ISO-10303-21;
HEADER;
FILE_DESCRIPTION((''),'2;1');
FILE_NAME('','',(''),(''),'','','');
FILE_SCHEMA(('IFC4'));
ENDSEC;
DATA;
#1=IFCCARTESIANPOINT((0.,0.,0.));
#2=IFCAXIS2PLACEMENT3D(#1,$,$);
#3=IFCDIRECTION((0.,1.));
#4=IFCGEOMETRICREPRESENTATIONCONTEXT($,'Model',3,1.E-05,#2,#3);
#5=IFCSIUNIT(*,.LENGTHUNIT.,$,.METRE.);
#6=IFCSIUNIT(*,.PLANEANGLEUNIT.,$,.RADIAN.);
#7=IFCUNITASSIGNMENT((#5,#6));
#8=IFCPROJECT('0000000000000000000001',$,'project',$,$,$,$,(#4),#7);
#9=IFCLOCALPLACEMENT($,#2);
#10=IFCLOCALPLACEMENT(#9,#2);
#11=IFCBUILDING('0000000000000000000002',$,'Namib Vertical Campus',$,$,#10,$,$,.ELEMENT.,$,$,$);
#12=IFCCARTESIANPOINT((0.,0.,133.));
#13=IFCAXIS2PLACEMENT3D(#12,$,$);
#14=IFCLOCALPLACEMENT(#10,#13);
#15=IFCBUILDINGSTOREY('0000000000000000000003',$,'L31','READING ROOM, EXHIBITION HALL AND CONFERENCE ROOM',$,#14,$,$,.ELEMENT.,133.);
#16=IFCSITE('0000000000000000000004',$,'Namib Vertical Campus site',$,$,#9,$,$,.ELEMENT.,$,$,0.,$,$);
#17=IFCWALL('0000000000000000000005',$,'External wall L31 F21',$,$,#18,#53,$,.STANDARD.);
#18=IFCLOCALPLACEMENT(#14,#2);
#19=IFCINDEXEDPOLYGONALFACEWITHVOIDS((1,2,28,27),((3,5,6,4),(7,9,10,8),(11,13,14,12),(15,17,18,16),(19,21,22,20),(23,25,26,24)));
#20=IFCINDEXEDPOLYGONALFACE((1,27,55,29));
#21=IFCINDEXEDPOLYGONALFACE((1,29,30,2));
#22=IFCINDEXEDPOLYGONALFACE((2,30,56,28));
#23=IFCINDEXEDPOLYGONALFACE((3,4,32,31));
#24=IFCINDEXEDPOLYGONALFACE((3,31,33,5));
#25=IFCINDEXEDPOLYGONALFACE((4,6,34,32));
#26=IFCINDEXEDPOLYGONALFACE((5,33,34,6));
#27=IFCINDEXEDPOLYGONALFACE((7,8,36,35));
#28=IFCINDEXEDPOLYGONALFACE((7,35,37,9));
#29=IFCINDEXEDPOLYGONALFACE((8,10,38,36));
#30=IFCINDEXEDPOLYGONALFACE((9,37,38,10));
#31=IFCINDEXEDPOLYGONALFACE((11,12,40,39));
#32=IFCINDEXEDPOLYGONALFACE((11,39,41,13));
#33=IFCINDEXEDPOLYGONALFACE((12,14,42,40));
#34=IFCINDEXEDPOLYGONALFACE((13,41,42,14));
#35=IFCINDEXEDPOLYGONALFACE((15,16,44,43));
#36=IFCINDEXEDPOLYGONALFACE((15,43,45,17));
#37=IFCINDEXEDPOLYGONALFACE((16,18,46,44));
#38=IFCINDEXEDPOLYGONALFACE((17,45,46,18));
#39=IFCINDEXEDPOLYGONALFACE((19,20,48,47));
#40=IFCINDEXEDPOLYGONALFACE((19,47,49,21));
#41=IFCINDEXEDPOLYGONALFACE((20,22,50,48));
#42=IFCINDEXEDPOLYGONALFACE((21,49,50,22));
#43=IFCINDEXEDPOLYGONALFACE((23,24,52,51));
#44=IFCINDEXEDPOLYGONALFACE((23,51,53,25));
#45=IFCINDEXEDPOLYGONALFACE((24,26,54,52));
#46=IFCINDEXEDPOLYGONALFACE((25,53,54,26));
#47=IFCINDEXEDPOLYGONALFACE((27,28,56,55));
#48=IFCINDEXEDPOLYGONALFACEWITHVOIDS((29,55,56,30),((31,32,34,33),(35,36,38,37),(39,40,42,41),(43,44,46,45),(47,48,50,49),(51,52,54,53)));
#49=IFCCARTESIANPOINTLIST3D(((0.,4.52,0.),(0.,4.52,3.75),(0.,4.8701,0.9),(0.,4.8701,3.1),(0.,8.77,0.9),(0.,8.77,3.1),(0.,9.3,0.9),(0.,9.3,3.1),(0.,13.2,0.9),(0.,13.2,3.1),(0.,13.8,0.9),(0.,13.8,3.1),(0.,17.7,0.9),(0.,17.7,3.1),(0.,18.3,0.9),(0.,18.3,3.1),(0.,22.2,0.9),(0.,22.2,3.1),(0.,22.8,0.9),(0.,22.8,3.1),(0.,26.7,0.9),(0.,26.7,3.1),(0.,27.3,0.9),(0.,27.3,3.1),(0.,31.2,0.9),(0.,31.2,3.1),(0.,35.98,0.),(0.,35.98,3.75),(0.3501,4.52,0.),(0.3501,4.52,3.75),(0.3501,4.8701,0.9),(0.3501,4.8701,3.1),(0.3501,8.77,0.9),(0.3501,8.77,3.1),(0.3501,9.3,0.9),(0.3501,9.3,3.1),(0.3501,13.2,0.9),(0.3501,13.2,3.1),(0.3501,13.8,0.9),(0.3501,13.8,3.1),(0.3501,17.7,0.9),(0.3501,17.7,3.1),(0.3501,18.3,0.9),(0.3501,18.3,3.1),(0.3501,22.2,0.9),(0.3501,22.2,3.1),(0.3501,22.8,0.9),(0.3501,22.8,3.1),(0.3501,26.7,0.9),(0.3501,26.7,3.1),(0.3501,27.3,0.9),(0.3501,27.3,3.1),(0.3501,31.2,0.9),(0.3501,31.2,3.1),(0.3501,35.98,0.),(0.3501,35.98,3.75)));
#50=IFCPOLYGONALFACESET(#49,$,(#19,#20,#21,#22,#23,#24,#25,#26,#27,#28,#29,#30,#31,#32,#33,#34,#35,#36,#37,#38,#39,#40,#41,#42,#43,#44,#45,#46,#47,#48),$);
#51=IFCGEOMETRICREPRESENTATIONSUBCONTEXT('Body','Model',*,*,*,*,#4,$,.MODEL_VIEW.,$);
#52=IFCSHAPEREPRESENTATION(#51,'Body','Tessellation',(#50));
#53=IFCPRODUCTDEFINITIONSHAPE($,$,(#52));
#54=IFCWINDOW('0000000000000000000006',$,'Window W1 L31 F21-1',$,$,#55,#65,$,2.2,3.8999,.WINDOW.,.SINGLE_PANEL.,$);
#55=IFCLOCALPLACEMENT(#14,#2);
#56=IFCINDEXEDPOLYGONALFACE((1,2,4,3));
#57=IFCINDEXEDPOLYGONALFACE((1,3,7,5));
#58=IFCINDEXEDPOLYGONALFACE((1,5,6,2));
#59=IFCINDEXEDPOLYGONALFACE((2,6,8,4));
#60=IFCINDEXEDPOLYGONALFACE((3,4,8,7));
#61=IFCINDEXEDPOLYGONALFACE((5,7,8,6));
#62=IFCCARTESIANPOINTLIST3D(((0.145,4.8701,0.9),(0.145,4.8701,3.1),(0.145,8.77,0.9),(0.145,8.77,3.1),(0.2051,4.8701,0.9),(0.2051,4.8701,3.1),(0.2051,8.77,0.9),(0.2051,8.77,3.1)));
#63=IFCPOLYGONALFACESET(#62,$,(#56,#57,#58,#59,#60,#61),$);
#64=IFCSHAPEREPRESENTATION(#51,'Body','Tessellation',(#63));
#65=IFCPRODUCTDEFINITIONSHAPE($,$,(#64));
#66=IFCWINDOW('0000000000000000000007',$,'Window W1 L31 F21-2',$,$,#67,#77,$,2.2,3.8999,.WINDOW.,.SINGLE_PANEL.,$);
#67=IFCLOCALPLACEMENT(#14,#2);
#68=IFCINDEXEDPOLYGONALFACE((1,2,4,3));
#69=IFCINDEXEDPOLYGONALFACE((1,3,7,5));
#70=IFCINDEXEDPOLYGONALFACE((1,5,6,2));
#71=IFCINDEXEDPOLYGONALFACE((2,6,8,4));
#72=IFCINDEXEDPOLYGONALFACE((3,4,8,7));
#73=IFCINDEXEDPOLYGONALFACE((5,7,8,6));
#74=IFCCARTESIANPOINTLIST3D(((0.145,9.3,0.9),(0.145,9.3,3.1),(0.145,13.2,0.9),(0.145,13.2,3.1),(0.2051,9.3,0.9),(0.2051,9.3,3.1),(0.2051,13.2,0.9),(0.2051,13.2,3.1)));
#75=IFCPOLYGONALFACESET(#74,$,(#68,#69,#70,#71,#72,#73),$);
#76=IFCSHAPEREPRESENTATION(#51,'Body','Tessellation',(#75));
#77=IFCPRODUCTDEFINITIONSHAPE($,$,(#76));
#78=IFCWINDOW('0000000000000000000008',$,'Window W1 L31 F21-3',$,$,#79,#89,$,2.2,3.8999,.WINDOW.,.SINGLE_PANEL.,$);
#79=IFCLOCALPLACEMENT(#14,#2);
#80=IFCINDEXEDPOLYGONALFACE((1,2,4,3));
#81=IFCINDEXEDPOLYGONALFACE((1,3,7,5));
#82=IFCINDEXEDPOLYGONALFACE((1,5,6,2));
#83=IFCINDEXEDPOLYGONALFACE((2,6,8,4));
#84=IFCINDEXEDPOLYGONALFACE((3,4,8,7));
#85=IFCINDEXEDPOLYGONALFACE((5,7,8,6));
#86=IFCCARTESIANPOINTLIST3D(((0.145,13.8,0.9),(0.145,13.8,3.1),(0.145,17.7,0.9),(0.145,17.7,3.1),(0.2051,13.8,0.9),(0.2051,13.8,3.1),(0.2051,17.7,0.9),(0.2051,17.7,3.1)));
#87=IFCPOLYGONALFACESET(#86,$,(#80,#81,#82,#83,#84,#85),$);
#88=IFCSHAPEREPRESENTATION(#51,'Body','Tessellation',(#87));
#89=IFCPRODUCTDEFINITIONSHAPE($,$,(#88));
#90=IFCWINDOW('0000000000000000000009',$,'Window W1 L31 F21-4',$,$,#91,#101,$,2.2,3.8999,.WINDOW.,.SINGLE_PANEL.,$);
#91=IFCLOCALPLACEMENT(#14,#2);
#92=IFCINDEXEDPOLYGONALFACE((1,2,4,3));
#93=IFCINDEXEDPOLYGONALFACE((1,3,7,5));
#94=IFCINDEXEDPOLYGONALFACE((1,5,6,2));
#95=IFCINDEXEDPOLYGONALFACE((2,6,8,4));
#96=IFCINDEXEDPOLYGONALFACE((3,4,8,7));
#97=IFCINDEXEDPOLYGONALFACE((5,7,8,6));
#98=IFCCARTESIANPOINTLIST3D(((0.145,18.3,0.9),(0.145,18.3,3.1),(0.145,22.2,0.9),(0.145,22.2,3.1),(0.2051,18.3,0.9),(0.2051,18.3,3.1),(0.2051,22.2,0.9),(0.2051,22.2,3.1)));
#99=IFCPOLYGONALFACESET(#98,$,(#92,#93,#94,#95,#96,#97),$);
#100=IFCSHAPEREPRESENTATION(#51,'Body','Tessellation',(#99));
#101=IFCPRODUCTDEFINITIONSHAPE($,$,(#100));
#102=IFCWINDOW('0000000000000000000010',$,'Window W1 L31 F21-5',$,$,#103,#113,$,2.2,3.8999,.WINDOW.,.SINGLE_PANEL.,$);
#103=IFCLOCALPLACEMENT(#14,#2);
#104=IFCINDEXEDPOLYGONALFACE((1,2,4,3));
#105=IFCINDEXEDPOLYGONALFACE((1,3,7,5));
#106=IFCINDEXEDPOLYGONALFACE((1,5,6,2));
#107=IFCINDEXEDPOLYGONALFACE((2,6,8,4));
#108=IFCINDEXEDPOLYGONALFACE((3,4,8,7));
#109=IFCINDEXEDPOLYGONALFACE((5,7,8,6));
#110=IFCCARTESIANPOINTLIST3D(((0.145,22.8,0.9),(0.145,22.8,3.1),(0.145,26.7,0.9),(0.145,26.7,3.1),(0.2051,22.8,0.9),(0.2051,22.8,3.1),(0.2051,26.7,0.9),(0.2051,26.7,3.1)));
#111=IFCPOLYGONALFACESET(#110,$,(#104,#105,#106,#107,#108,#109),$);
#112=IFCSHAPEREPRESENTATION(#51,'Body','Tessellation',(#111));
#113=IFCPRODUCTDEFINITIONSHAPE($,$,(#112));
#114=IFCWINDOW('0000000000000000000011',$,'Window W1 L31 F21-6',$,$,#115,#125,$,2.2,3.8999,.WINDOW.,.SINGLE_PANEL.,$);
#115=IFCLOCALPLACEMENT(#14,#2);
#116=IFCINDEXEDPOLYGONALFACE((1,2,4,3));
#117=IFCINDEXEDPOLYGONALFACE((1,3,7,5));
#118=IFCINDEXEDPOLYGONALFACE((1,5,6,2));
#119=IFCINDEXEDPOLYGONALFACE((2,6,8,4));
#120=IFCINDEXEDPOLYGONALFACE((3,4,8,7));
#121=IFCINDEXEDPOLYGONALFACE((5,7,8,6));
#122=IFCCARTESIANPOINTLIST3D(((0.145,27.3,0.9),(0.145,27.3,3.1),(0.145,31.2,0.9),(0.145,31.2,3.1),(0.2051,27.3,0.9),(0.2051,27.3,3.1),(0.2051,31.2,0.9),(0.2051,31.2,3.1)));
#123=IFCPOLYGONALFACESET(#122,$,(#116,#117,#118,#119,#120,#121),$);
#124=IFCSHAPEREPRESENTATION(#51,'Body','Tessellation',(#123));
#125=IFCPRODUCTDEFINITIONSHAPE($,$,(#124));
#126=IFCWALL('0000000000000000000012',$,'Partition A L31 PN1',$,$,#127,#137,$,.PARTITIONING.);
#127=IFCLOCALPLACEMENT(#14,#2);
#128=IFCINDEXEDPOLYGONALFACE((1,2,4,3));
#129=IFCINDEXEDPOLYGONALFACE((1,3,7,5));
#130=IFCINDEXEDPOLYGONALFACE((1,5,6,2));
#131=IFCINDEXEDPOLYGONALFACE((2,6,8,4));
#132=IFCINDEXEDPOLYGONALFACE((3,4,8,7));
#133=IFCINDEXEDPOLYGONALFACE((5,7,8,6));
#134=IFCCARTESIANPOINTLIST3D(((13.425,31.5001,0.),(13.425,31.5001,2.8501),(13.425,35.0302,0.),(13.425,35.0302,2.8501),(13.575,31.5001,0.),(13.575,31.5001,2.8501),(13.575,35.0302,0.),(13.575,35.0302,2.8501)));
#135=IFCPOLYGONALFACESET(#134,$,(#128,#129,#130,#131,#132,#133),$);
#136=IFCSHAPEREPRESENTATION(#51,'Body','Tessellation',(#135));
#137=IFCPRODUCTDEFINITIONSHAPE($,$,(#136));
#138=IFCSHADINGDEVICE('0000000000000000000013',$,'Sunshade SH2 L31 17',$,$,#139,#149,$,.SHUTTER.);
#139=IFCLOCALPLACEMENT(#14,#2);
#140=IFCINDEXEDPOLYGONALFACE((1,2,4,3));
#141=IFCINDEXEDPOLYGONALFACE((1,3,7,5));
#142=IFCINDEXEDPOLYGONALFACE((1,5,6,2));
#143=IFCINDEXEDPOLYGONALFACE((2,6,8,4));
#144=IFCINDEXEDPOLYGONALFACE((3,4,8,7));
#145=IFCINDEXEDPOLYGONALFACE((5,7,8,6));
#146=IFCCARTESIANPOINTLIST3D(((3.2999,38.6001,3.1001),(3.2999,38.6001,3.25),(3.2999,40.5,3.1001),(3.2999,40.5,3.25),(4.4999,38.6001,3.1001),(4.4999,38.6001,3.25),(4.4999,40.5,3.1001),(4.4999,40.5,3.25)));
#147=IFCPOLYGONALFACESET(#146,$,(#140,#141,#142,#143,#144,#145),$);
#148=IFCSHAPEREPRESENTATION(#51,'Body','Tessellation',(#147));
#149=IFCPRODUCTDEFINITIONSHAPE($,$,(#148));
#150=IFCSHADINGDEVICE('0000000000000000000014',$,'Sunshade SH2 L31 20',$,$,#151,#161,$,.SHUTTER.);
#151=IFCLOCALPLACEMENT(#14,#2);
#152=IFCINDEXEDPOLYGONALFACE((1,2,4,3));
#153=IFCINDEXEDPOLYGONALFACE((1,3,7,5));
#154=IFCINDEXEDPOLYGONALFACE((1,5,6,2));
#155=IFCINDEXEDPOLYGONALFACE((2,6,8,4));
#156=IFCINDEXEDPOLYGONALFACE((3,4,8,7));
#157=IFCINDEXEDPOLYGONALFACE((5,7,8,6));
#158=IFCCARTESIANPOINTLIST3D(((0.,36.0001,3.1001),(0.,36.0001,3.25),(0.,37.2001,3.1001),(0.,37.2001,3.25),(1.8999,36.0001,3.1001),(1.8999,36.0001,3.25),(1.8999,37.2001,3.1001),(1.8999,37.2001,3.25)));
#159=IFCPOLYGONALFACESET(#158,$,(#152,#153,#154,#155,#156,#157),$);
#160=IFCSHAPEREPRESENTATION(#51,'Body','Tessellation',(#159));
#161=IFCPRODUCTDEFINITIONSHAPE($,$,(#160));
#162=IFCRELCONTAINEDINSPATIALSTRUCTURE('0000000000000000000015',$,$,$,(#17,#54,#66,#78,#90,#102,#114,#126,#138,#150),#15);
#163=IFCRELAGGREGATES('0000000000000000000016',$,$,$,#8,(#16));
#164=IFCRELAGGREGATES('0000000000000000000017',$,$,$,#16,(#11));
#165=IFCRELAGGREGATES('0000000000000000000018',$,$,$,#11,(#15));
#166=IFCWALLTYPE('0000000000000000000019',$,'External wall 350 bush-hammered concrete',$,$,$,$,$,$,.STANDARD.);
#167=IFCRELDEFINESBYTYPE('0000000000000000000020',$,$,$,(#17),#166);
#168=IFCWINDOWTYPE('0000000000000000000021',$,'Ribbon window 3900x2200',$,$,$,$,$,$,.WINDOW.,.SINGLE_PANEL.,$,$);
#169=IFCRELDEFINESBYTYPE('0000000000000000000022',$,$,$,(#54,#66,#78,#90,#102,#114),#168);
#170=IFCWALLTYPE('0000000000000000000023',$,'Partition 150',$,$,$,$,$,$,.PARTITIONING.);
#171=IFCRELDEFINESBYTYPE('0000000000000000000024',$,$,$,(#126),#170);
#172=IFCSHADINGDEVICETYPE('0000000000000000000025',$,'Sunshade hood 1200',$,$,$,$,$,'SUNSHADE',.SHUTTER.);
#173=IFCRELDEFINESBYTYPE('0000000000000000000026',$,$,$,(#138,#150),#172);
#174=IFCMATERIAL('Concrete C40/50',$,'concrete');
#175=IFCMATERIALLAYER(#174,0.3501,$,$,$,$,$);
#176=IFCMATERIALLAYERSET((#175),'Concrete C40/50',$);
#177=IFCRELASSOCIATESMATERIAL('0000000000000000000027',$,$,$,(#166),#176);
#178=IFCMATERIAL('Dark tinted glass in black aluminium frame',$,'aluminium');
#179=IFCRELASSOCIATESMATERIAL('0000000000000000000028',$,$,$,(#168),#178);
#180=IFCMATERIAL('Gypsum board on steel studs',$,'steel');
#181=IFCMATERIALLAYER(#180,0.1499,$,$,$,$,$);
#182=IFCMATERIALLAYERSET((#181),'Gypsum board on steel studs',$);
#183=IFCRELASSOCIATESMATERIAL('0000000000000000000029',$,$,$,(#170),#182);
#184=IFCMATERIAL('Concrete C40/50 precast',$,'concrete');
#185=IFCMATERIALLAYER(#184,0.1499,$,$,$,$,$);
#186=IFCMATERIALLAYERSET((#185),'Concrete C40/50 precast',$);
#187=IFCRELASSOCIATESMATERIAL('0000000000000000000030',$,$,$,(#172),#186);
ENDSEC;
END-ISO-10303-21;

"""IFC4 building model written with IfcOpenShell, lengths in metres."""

from ifc_helpers import new_model, si_unit, direction, frame, frame_2d, origin, origin_2d, place, context, subcontext, project, spatial, rectangle, extrude, material, layer, layer_set, type_object, element, fill, save


model = new_model("IFC4")

# Units and contexts
model_context = context("Model", 3, precision=1e-05, world=origin(), true_north=direction((0.0, 1.0)))
body_context = subcontext(model_context, "Body", "Model", "MODEL_VIEW")
ifc_project = project(units=[si_unit("LENGTHUNIT", "METRE"), si_unit("PLANEANGLEUNIT", "RADIAN")], contexts=[model_context])

# Site, building, storey
site_placement = place(None, origin())
site = spatial("IfcSite", under=ifc_project, at=site_placement, Name="Namib Vertical Campus site", CompositionType="ELEMENT", RefElevation=0.0)
building_placement = place(site_placement, origin())
building = spatial("IfcBuilding", under=site, at=building_placement, Name="Namib Vertical Campus", CompositionType="ELEMENT")
storey_placement = place(building_placement, frame((0.0, 0.0, 133.0)))
storey = spatial("IfcBuildingStorey", under=building, at=storey_placement, Name="L31", Description="READING ROOM, EXHIBITION HALL AND CONFERENCE ROOM", CompositionType="ELEMENT", Elevation=133.0)

# Shared definitions
ifc_material_1 = material(Name="Concrete C40/50", Category="concrete")
ifc_layer_1 = layer(ifc_material_1, 0.3501)
ifc_layer_set_1 = layer_set([ifc_layer_1], Name="Concrete C40/50")
wall_type_1 = type_object("IfcWallType", Name="External wall 350 bush-hammered concrete", PredefinedType="STANDARD", material=ifc_layer_set_1)

# Wall, openings, windows
wall_1_placement = place(storey_placement, frame((0.175, 35.98, 0.0), z_axis=(0.0, 0.0, 1.0), x_axis=(0.0, -1.0, 0.0)))
wall_1 = element("IfcWall", 1, at=wall_1_placement, inside=storey, type_object=wall_type_1, Name="External wall L31 F21", PredefinedType="STANDARD", context=body_context, shape_type="SweptSolid", body=[
    extrude(rectangle(XDim=31.46, YDim=0.3501, at=frame_2d((15.73, 0.0))), origin(), (0.0, 0.0, 1.0), 3.75),
])
opening_1_placement = place(wall_1_placement, frame((27.21, 0.0, 0.8999)))
opening_1 = element("IfcOpeningElement", 2, at=opening_1_placement, cuts=wall_1, PredefinedType="OPENING", context=body_context, shape_type="SweptSolid", body=[
    extrude(rectangle(XDim=3.8999, YDim=2.2, at=frame_2d((1.95, 1.1001))), frame((0.0, 0.1851, 0.0), z_axis=(0.0, -1.0, 0.0), x_axis=(1.0, 0.0, 0.0)), (0.0, 0.0, 1.0), 0.3701),
])
opening_2_placement = place(wall_1_placement, frame((22.78, 0.0, 0.8999)))
opening_2 = element("IfcOpeningElement", 3, at=opening_2_placement, cuts=wall_1, PredefinedType="OPENING", context=body_context, shape_type="SweptSolid", body=[
    extrude(rectangle(XDim=3.8999, YDim=2.2, at=frame_2d((1.95, 1.1001))), frame((0.0, 0.1851, 0.0), z_axis=(0.0, -1.0, 0.0), x_axis=(1.0, 0.0, 0.0)), (0.0, 0.0, 1.0), 0.3701),
])
opening_3_placement = place(wall_1_placement, frame((18.28, 0.0, 0.8999)))
opening_3 = element("IfcOpeningElement", 4, at=opening_3_placement, cuts=wall_1, PredefinedType="OPENING", context=body_context, shape_type="SweptSolid", body=[
    extrude(rectangle(XDim=3.8999, YDim=2.2, at=frame_2d((1.95, 1.1001))), frame((0.0, 0.1851, 0.0), z_axis=(0.0, -1.0, 0.0), x_axis=(1.0, 0.0, 0.0)), (0.0, 0.0, 1.0), 0.3701),
])
opening_4_placement = place(wall_1_placement, frame((13.78, 0.0, 0.8999)))
opening_4 = element("IfcOpeningElement", 5, at=opening_4_placement, cuts=wall_1, PredefinedType="OPENING", context=body_context, shape_type="SweptSolid", body=[
    extrude(rectangle(XDim=3.8999, YDim=2.2, at=frame_2d((1.95, 1.1001))), frame((0.0, 0.1851, 0.0), z_axis=(0.0, -1.0, 0.0), x_axis=(1.0, 0.0, 0.0)), (0.0, 0.0, 1.0), 0.3701),
])
opening_5_placement = place(wall_1_placement, frame((9.28, 0.0, 0.8999)))
opening_5 = element("IfcOpeningElement", 6, at=opening_5_placement, cuts=wall_1, PredefinedType="OPENING", context=body_context, shape_type="SweptSolid", body=[
    extrude(rectangle(XDim=3.8999, YDim=2.2, at=frame_2d((1.95, 1.1001))), frame((0.0, 0.1851, 0.0), z_axis=(0.0, -1.0, 0.0), x_axis=(1.0, 0.0, 0.0)), (0.0, 0.0, 1.0), 0.3701),
])
opening_6_placement = place(wall_1_placement, frame((4.78, 0.0, 0.8999)))
opening_6 = element("IfcOpeningElement", 7, at=opening_6_placement, cuts=wall_1, PredefinedType="OPENING", context=body_context, shape_type="SweptSolid", body=[
    extrude(rectangle(XDim=3.8999, YDim=2.2, at=frame_2d((1.95, 1.1001))), frame((0.0, 0.1851, 0.0), z_axis=(0.0, -1.0, 0.0), x_axis=(1.0, 0.0, 0.0)), (0.0, 0.0, 1.0), 0.3701),
])
ifc_material_2 = material(Name="Dark tinted glass in black aluminium frame", Category="aluminium")
window_type = type_object("IfcWindowType", Name="Ribbon window 3900x2200", PartitioningType="SINGLE_PANEL", PredefinedType="WINDOW", material=ifc_material_2)
window_1_placement = place(opening_1_placement, origin())
window_1 = element("IfcWindow", 8, at=window_1_placement, inside=storey, type_object=window_type, Name="Window W1 L31 F21-1", OverallHeight=2.2, OverallWidth=3.8999, PartitioningType="SINGLE_PANEL", PredefinedType="WINDOW", context=body_context, shape_type="SweptSolid", body=[
    extrude(rectangle(XDim=3.8999, YDim=2.2, at=frame_2d((1.95, 1.1001))), frame((0.0, 0.03, 0.0), z_axis=(0.0, -1.0, 0.0), x_axis=(1.0, 0.0, 0.0)), (0.0, 0.0, 1.0), 0.0601),
])
fill(opening_1, window_1)
window_2_placement = place(opening_2_placement, origin())
window_2 = element("IfcWindow", 9, at=window_2_placement, inside=storey, type_object=window_type, Name="Window W1 L31 F21-2", OverallHeight=2.2, OverallWidth=3.8999, PartitioningType="SINGLE_PANEL", PredefinedType="WINDOW", context=body_context, shape_type="SweptSolid", body=[
    extrude(rectangle(XDim=3.8999, YDim=2.2, at=frame_2d((1.95, 1.1001))), frame((0.0, 0.03, 0.0), z_axis=(0.0, -1.0, 0.0), x_axis=(1.0, 0.0, 0.0)), (0.0, 0.0, 1.0), 0.0601),
])
fill(opening_2, window_2)
window_3_placement = place(opening_3_placement, origin())
window_3 = element("IfcWindow", 10, at=window_3_placement, inside=storey, type_object=window_type, Name="Window W1 L31 F21-3", OverallHeight=2.2, OverallWidth=3.8999, PartitioningType="SINGLE_PANEL", PredefinedType="WINDOW", context=body_context, shape_type="SweptSolid", body=[
    extrude(rectangle(XDim=3.8999, YDim=2.2, at=frame_2d((1.95, 1.1001))), frame((0.0, 0.03, 0.0), z_axis=(0.0, -1.0, 0.0), x_axis=(1.0, 0.0, 0.0)), (0.0, 0.0, 1.0), 0.0601),
])
fill(opening_3, window_3)
window_4_placement = place(opening_4_placement, origin())
window_4 = element("IfcWindow", 11, at=window_4_placement, inside=storey, type_object=window_type, Name="Window W1 L31 F21-4", OverallHeight=2.2, OverallWidth=3.8999, PartitioningType="SINGLE_PANEL", PredefinedType="WINDOW", context=body_context, shape_type="SweptSolid", body=[
    extrude(rectangle(XDim=3.8999, YDim=2.2, at=frame_2d((1.95, 1.1001))), frame((0.0, 0.03, 0.0), z_axis=(0.0, -1.0, 0.0), x_axis=(1.0, 0.0, 0.0)), (0.0, 0.0, 1.0), 0.0601),
])
fill(opening_4, window_4)
window_5_placement = place(opening_5_placement, origin())
window_5 = element("IfcWindow", 12, at=window_5_placement, inside=storey, type_object=window_type, Name="Window W1 L31 F21-5", OverallHeight=2.2, OverallWidth=3.8999, PartitioningType="SINGLE_PANEL", PredefinedType="WINDOW", context=body_context, shape_type="SweptSolid", body=[
    extrude(rectangle(XDim=3.8999, YDim=2.2, at=frame_2d((1.95, 1.1001))), frame((0.0, 0.03, 0.0), z_axis=(0.0, -1.0, 0.0), x_axis=(1.0, 0.0, 0.0)), (0.0, 0.0, 1.0), 0.0601),
])
fill(opening_5, window_5)
window_6_placement = place(opening_6_placement, origin())
window_6 = element("IfcWindow", 13, at=window_6_placement, inside=storey, type_object=window_type, Name="Window W1 L31 F21-6", OverallHeight=2.2, OverallWidth=3.8999, PartitioningType="SINGLE_PANEL", PredefinedType="WINDOW", context=body_context, shape_type="SweptSolid", body=[
    extrude(rectangle(XDim=3.8999, YDim=2.2, at=frame_2d((1.95, 1.1001))), frame((0.0, 0.03, 0.0), z_axis=(0.0, -1.0, 0.0), x_axis=(1.0, 0.0, 0.0)), (0.0, 0.0, 1.0), 0.0601),
])
fill(opening_6, window_6)

# Wall
ifc_material_3 = material(Name="Gypsum board on steel studs", Category="steel")
ifc_layer_2 = layer(ifc_material_3, 0.1499)
ifc_layer_set_2 = layer_set([ifc_layer_2], Name="Gypsum board on steel studs")
wall_type_2 = type_object("IfcWallType", Name="Partition 150", PredefinedType="PARTITIONING", material=ifc_layer_set_2)
wall_2_placement = place(storey_placement, frame((13.5, 31.5, 0.0), z_axis=(0.0, 0.0, 1.0), x_axis=(0.0, 1.0, 0.0)))
element("IfcWall", 14, at=wall_2_placement, inside=storey, type_object=wall_type_2, Name="Partition A L31 PN1", PredefinedType="PARTITIONING", context=body_context, shape_type="SweptSolid", body=[
    extrude(rectangle(XDim=3.53, YDim=0.1499, at=frame_2d((1.7651, 0.0))), origin(), (0.0, 0.0, 1.0), 2.8501),
])

# Shading devices
ifc_material_4 = material(Name="Concrete C40/50 precast", Category="concrete")
ifc_layer_3 = layer(ifc_material_4, 0.1499)
ifc_layer_set_3 = layer_set([ifc_layer_3], Name="Concrete C40/50 precast")
shading_device_type = type_object("IfcShadingDeviceType", Name="Sunshade hood 1200", ElementType="SUNSHADE", PredefinedType="SHUTTER", material=ifc_layer_set_3)
for number, where, z_axis, x_axis, name in (
    (15, (3.8999, 39.55, 3.1001), (0.0, 0.0, 1.0), (0.0, -1.0, 0.0), "Sunshade SH2 L31 17"),
    (16, (0.95, 36.6001, 3.1001), (0.0, 0.0, 1.0), (-1.0, 0.0, 0.0), "Sunshade SH2 L31 20"),
):
    element("IfcShadingDevice", number, at=place(storey_placement, frame(where, z_axis=z_axis, x_axis=x_axis)), inside=storey, type_object=shading_device_type, Name=name, PredefinedType="SHUTTER", context=body_context, shape_type="SweptSolid", body=[
        extrude(rectangle(XDim=1.8999, YDim=1.2, at=origin_2d()), origin(), (0.0, 0.0, 1.0), 0.1499),
    ])

save(model, "model.ifc")
